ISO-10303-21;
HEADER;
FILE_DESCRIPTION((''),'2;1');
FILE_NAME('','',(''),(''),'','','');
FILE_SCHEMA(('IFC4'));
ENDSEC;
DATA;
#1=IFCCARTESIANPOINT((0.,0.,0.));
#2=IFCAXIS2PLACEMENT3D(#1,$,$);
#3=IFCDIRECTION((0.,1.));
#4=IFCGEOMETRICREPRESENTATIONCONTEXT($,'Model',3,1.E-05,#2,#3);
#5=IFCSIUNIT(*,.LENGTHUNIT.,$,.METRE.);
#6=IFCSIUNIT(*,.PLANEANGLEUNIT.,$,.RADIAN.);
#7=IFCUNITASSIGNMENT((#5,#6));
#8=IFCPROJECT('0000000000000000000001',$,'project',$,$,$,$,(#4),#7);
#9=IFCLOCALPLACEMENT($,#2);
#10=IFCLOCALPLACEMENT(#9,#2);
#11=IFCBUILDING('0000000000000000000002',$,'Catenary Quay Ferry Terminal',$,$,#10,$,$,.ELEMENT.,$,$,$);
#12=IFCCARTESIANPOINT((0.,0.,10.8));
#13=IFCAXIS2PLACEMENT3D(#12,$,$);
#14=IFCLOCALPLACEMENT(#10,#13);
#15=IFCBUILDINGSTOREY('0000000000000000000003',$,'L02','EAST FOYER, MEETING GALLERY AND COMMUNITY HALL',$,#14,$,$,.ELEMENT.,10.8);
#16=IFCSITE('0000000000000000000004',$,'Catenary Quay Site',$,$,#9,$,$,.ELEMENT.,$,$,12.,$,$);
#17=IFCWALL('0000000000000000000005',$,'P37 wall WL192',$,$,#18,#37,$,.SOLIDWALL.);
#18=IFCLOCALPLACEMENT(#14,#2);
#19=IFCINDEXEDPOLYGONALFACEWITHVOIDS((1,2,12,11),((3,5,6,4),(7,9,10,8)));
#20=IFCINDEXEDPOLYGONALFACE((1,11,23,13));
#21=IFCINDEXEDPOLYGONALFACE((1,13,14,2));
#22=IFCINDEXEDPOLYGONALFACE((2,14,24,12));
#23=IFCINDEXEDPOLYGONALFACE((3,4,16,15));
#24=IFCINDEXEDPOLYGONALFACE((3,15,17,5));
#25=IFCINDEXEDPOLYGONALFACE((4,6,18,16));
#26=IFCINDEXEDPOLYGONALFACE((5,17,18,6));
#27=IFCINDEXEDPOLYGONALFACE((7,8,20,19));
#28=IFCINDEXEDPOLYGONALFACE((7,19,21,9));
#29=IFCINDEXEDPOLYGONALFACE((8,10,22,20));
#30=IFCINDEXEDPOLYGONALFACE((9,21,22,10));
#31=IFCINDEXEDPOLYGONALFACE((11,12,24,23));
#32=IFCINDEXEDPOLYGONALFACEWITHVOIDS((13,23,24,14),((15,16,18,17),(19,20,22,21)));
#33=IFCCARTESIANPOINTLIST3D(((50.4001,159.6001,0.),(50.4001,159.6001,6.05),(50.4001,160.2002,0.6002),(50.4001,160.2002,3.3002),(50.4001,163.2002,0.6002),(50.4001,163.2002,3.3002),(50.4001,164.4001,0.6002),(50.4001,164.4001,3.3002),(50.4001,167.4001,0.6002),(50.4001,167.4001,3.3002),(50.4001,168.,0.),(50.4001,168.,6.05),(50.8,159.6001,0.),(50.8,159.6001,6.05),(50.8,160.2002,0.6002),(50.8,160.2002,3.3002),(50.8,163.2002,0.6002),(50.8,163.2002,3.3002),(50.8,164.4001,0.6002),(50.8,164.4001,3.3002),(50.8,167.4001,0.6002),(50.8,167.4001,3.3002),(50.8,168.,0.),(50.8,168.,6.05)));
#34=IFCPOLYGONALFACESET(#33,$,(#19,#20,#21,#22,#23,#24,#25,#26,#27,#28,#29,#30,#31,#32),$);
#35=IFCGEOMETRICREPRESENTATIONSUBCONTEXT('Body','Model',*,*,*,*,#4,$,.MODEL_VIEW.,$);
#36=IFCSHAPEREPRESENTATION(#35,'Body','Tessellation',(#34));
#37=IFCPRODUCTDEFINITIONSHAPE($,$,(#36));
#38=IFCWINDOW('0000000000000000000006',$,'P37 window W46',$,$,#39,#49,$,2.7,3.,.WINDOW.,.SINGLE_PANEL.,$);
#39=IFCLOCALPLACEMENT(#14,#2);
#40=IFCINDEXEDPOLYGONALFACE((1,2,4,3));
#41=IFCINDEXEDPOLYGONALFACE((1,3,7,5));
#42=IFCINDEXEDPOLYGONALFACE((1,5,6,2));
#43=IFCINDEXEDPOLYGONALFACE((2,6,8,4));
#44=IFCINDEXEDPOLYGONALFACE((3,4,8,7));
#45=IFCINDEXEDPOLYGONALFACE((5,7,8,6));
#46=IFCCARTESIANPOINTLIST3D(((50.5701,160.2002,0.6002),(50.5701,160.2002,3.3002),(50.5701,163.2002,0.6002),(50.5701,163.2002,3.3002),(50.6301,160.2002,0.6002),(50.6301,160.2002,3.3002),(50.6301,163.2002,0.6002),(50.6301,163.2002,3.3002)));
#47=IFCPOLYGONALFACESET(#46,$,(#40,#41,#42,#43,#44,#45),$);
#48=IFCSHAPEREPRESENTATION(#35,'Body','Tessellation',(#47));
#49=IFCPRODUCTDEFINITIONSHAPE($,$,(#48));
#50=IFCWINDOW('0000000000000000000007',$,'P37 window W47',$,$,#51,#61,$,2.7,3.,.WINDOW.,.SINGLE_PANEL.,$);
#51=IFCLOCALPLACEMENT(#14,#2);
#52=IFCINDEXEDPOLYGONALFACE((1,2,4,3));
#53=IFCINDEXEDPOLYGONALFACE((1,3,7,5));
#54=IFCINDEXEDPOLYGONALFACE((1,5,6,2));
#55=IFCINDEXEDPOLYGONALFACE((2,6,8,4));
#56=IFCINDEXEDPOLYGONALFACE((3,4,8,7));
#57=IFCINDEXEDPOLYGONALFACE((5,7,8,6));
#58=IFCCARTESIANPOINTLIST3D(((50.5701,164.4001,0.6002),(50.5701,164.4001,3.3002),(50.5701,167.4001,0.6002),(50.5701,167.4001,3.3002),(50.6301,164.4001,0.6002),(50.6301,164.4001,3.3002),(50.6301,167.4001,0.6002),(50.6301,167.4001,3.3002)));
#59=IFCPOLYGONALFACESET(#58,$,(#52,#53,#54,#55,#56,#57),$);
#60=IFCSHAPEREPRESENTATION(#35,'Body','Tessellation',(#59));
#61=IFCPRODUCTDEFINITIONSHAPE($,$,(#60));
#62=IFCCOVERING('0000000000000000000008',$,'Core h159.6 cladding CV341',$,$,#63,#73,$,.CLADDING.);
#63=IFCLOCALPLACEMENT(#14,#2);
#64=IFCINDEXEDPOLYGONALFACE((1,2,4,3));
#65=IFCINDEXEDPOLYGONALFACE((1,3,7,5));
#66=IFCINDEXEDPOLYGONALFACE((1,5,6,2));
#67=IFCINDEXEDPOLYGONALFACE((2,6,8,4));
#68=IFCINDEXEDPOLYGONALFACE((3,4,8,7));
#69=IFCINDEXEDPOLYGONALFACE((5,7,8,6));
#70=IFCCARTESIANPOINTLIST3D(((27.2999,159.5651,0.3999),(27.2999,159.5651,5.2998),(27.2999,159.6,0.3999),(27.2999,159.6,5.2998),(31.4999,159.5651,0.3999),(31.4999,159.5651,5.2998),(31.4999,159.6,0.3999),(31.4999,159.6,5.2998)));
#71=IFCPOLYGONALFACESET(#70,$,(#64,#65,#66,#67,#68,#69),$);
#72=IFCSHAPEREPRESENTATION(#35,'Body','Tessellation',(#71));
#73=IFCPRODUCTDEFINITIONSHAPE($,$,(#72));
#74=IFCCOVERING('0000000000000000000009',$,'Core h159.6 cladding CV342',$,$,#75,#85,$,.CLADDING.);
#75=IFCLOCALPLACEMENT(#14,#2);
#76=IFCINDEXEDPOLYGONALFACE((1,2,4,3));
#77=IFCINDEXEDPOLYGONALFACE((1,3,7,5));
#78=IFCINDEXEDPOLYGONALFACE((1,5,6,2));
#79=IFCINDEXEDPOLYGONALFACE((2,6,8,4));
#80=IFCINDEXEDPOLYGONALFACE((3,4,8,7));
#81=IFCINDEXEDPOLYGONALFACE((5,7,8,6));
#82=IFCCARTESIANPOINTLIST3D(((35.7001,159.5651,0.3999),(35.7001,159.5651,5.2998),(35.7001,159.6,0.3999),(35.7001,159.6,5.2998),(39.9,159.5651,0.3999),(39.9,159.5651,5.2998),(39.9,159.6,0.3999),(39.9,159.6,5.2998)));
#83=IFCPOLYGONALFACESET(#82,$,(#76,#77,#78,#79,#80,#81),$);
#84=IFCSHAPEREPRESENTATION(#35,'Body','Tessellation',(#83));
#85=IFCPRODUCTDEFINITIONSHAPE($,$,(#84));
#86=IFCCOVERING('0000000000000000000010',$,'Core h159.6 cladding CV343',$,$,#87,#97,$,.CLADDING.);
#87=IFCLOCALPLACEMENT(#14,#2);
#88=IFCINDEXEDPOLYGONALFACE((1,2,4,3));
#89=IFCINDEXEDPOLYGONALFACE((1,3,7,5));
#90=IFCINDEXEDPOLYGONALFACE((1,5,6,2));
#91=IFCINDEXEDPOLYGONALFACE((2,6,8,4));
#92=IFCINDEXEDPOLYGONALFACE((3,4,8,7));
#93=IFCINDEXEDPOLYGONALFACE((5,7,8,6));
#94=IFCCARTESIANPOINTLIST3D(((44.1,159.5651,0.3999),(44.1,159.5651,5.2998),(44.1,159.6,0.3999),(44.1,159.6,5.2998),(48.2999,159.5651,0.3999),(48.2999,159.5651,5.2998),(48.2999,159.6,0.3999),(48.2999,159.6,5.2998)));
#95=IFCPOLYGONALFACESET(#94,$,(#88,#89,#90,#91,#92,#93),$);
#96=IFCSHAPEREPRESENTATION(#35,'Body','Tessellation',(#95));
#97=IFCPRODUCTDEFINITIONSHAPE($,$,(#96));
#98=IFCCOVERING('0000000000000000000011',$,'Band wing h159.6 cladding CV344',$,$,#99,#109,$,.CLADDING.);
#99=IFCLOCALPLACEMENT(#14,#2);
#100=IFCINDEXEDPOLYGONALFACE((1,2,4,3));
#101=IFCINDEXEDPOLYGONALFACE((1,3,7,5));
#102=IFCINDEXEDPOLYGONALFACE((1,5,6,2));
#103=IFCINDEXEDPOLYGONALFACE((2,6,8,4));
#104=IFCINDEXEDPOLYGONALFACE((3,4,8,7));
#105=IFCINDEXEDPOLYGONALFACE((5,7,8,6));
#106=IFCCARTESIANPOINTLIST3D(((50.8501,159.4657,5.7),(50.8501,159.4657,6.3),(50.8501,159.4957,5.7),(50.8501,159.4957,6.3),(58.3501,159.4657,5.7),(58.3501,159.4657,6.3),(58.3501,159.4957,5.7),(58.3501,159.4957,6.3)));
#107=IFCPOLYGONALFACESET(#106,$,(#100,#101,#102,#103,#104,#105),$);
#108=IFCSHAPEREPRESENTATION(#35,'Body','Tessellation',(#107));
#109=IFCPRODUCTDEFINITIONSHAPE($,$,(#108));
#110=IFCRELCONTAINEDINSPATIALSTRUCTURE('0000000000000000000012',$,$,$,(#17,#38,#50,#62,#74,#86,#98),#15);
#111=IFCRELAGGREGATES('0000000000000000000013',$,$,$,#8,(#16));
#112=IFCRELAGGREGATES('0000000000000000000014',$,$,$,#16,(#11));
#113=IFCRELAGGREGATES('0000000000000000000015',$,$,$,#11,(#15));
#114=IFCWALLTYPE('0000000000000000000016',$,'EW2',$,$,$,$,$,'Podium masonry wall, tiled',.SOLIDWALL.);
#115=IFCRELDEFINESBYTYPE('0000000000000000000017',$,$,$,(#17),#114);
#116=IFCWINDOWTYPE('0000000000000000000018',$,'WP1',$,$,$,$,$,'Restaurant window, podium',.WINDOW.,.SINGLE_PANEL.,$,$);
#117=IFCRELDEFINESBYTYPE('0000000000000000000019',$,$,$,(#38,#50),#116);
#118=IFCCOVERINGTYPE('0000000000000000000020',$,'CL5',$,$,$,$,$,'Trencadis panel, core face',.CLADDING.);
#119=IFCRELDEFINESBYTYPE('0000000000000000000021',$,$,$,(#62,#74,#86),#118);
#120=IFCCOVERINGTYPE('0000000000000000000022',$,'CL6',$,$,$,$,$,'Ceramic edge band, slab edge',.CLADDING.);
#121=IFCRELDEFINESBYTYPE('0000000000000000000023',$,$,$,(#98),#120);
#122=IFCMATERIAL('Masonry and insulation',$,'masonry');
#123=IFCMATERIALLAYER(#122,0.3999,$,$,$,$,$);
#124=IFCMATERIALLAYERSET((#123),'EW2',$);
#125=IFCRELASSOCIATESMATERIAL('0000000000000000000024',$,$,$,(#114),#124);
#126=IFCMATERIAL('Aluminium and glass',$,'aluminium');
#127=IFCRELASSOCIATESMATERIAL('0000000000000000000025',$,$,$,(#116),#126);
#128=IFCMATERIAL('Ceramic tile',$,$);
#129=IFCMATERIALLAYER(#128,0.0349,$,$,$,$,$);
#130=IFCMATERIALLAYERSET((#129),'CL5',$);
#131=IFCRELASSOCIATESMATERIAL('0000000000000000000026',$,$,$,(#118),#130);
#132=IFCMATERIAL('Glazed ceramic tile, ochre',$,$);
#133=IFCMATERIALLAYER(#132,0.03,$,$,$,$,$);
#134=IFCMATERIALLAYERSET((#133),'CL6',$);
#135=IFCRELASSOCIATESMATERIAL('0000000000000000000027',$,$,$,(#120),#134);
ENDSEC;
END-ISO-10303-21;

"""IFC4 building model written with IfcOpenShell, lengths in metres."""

from ifc_helpers import new_model, si_unit, direction, frame, frame_2d, origin, origin_2d, place, context, subcontext, project, spatial, rectangle, extrude, material, layer, layer_set, type_object, element, fill, save


model = new_model("IFC4")

# Units and contexts
model_context = context("Model", 3, precision=1e-05, world=origin(), true_north=direction((0.0, 1.0)))
body_context = subcontext(model_context, "Body", "Model", "MODEL_VIEW")
ifc_project = project(units=[si_unit("LENGTHUNIT", "METRE"), si_unit("PLANEANGLEUNIT", "RADIAN")], contexts=[model_context])

# Site, building, storey
site_placement = place(None, origin())
site = spatial("IfcSite", under=ifc_project, at=site_placement, Name="Catenary Quay Site", CompositionType="ELEMENT", RefElevation=12.0)
building_placement = place(site_placement, origin())
building = spatial("IfcBuilding", under=site, at=building_placement, Name="Catenary Quay Ferry Terminal", CompositionType="ELEMENT")
storey_placement = place(building_placement, frame((0.0, 0.0, 10.8)))
storey = spatial("IfcBuildingStorey", under=building, at=storey_placement, Name="L02", Description="EAST FOYER, MEETING GALLERY AND COMMUNITY HALL", CompositionType="ELEMENT", Elevation=10.8)

# Wall, openings, windows
ifc_material_1 = material(Name="Masonry and insulation", Category="masonry")
ifc_layer_1 = layer(ifc_material_1, 0.3999)
ifc_layer_set_1 = layer_set([ifc_layer_1], Name="EW2")
wall_type = type_object("IfcWallType", Name="EW2", ElementType="Podium masonry wall, tiled", PredefinedType="SOLIDWALL", material=ifc_layer_set_1)
wall_placement = place(storey_placement, frame((50.6001, 159.6001, 0.0), z_axis=(0.0, 0.0, 1.0), x_axis=(0.0, 1.0, 0.0)))
wall = element("IfcWall", 1, at=wall_placement, inside=storey, type_object=wall_type, Name="P37 wall WL192", PredefinedType="SOLIDWALL", context=body_context, shape_type="SweptSolid", body=[
    extrude(rectangle(XDim=8.3999, YDim=0.3999, at=frame_2d((4.2, 0.0))), origin(), (0.0, 0.0, 1.0), 6.05),
])
opening_1_placement = place(wall_placement, frame((0.6001, 0.0, 0.6001)))
opening_1 = element("IfcOpeningElement", 2, at=opening_1_placement, cuts=wall, PredefinedType="OPENING", context=body_context, shape_type="SweptSolid", body=[
    extrude(rectangle(XDim=3.0, YDim=2.7, at=frame_2d((1.5, 1.3501))), frame((0.0, 0.21, 0.0), z_axis=(0.0, -1.0, 0.0), x_axis=(1.0, 0.0, 0.0)), (0.0, 0.0, 1.0), 0.4199),
])
opening_2_placement = place(wall_placement, frame((4.8, 0.0, 0.6001)))
opening_2 = element("IfcOpeningElement", 3, at=opening_2_placement, cuts=wall, PredefinedType="OPENING", context=body_context, shape_type="SweptSolid", body=[
    extrude(rectangle(XDim=3.0, YDim=2.7, at=frame_2d((1.5, 1.3501))), frame((0.0, 0.21, 0.0), z_axis=(0.0, -1.0, 0.0), x_axis=(1.0, 0.0, 0.0)), (0.0, 0.0, 1.0), 0.4199),
])
ifc_material_2 = material(Name="Aluminium and glass", Category="aluminium")
window_type = type_object("IfcWindowType", Name="WP1", ElementType="Restaurant window, podium", PartitioningType="SINGLE_PANEL", PredefinedType="WINDOW", material=ifc_material_2)
window_1_placement = place(opening_1_placement, origin())
window_1 = element("IfcWindow", 4, at=window_1_placement, inside=storey, type_object=window_type, Name="P37 window W46", OverallHeight=2.7, OverallWidth=3.0, PartitioningType="SINGLE_PANEL", PredefinedType="WINDOW", context=body_context, shape_type="SweptSolid", body=[
    extrude(rectangle(XDim=3.0, YDim=2.7, at=frame_2d((1.5, 1.3501))), frame((0.0, 0.03, 0.0), z_axis=(0.0, -1.0, 0.0), x_axis=(1.0, 0.0, 0.0)), (0.0, 0.0, 1.0), 0.0601),
])
fill(opening_1, window_1)
window_2_placement = place(opening_2_placement, origin())
window_2 = element("IfcWindow", 5, at=window_2_placement, inside=storey, type_object=window_type, Name="P37 window W47", OverallHeight=2.7, OverallWidth=3.0, PartitioningType="SINGLE_PANEL", PredefinedType="WINDOW", context=body_context, shape_type="SweptSolid", body=[
    extrude(rectangle(XDim=3.0, YDim=2.7, at=frame_2d((1.5, 1.3501))), frame((0.0, 0.03, 0.0), z_axis=(0.0, -1.0, 0.0), x_axis=(1.0, 0.0, 0.0)), (0.0, 0.0, 1.0), 0.0601),
])
fill(opening_2, window_2)

# Coverings
ifc_material_3 = material(Name="Ceramic tile")
ifc_layer_2 = layer(ifc_material_3, 0.0349)
ifc_layer_set_2 = layer_set([ifc_layer_2], Name="CL5")
covering_type_1 = type_object("IfcCoveringType", Name="CL5", ElementType="Trencadis panel, core face", PredefinedType="CLADDING", material=ifc_layer_set_2)
for number, where, z_axis, x_axis, name in (
    (6, (29.3999, 159.5825, 0.3999), (0.0, 0.0, 1.0), (1.0, 0.0, 0.0), "Core h159.6 cladding CV341"),
    (7, (37.8, 159.5825, 0.3999), (0.0, 0.0, 1.0), (1.0, 0.0, 0.0), "Core h159.6 cladding CV342"),
    (8, (46.2, 159.5825, 0.3999), (0.0, 0.0, 1.0), (1.0, 0.0, 0.0), "Core h159.6 cladding CV343"),
):
    element("IfcCovering", number, at=place(storey_placement, frame(where, z_axis=z_axis, x_axis=x_axis)), inside=storey, type_object=covering_type_1, Name=name, PredefinedType="CLADDING", context=body_context, shape_type="SweptSolid", body=[
        extrude(rectangle(XDim=4.2, YDim=0.0349, at=origin_2d()), origin(), (0.0, 0.0, 1.0), 4.8999),
    ])
ifc_material_4 = material(Name="Glazed ceramic tile, ochre")
ifc_layer_3 = layer(ifc_material_4, 0.03)
ifc_layer_set_3 = layer_set([ifc_layer_3], Name="CL6")
covering_type_2 = type_object("IfcCoveringType", Name="CL6", ElementType="Ceramic edge band, slab edge", PredefinedType="CLADDING", material=ifc_layer_set_3)
covering_placement = place(storey_placement, frame((54.6001, 159.4807, 5.7), z_axis=(0.0, 0.0, 1.0), x_axis=(1.0, 0.0, 0.0)))
element("IfcCovering", 9, at=covering_placement, inside=storey, type_object=covering_type_2, Name="Band wing h159.6 cladding CV344", PredefinedType="CLADDING", context=body_context, shape_type="SweptSolid", body=[
    extrude(rectangle(XDim=7.5, YDim=0.03, at=origin_2d()), origin(), (0.0, 0.0, 1.0), 0.6001),
])

save(model, "model.ifc")
